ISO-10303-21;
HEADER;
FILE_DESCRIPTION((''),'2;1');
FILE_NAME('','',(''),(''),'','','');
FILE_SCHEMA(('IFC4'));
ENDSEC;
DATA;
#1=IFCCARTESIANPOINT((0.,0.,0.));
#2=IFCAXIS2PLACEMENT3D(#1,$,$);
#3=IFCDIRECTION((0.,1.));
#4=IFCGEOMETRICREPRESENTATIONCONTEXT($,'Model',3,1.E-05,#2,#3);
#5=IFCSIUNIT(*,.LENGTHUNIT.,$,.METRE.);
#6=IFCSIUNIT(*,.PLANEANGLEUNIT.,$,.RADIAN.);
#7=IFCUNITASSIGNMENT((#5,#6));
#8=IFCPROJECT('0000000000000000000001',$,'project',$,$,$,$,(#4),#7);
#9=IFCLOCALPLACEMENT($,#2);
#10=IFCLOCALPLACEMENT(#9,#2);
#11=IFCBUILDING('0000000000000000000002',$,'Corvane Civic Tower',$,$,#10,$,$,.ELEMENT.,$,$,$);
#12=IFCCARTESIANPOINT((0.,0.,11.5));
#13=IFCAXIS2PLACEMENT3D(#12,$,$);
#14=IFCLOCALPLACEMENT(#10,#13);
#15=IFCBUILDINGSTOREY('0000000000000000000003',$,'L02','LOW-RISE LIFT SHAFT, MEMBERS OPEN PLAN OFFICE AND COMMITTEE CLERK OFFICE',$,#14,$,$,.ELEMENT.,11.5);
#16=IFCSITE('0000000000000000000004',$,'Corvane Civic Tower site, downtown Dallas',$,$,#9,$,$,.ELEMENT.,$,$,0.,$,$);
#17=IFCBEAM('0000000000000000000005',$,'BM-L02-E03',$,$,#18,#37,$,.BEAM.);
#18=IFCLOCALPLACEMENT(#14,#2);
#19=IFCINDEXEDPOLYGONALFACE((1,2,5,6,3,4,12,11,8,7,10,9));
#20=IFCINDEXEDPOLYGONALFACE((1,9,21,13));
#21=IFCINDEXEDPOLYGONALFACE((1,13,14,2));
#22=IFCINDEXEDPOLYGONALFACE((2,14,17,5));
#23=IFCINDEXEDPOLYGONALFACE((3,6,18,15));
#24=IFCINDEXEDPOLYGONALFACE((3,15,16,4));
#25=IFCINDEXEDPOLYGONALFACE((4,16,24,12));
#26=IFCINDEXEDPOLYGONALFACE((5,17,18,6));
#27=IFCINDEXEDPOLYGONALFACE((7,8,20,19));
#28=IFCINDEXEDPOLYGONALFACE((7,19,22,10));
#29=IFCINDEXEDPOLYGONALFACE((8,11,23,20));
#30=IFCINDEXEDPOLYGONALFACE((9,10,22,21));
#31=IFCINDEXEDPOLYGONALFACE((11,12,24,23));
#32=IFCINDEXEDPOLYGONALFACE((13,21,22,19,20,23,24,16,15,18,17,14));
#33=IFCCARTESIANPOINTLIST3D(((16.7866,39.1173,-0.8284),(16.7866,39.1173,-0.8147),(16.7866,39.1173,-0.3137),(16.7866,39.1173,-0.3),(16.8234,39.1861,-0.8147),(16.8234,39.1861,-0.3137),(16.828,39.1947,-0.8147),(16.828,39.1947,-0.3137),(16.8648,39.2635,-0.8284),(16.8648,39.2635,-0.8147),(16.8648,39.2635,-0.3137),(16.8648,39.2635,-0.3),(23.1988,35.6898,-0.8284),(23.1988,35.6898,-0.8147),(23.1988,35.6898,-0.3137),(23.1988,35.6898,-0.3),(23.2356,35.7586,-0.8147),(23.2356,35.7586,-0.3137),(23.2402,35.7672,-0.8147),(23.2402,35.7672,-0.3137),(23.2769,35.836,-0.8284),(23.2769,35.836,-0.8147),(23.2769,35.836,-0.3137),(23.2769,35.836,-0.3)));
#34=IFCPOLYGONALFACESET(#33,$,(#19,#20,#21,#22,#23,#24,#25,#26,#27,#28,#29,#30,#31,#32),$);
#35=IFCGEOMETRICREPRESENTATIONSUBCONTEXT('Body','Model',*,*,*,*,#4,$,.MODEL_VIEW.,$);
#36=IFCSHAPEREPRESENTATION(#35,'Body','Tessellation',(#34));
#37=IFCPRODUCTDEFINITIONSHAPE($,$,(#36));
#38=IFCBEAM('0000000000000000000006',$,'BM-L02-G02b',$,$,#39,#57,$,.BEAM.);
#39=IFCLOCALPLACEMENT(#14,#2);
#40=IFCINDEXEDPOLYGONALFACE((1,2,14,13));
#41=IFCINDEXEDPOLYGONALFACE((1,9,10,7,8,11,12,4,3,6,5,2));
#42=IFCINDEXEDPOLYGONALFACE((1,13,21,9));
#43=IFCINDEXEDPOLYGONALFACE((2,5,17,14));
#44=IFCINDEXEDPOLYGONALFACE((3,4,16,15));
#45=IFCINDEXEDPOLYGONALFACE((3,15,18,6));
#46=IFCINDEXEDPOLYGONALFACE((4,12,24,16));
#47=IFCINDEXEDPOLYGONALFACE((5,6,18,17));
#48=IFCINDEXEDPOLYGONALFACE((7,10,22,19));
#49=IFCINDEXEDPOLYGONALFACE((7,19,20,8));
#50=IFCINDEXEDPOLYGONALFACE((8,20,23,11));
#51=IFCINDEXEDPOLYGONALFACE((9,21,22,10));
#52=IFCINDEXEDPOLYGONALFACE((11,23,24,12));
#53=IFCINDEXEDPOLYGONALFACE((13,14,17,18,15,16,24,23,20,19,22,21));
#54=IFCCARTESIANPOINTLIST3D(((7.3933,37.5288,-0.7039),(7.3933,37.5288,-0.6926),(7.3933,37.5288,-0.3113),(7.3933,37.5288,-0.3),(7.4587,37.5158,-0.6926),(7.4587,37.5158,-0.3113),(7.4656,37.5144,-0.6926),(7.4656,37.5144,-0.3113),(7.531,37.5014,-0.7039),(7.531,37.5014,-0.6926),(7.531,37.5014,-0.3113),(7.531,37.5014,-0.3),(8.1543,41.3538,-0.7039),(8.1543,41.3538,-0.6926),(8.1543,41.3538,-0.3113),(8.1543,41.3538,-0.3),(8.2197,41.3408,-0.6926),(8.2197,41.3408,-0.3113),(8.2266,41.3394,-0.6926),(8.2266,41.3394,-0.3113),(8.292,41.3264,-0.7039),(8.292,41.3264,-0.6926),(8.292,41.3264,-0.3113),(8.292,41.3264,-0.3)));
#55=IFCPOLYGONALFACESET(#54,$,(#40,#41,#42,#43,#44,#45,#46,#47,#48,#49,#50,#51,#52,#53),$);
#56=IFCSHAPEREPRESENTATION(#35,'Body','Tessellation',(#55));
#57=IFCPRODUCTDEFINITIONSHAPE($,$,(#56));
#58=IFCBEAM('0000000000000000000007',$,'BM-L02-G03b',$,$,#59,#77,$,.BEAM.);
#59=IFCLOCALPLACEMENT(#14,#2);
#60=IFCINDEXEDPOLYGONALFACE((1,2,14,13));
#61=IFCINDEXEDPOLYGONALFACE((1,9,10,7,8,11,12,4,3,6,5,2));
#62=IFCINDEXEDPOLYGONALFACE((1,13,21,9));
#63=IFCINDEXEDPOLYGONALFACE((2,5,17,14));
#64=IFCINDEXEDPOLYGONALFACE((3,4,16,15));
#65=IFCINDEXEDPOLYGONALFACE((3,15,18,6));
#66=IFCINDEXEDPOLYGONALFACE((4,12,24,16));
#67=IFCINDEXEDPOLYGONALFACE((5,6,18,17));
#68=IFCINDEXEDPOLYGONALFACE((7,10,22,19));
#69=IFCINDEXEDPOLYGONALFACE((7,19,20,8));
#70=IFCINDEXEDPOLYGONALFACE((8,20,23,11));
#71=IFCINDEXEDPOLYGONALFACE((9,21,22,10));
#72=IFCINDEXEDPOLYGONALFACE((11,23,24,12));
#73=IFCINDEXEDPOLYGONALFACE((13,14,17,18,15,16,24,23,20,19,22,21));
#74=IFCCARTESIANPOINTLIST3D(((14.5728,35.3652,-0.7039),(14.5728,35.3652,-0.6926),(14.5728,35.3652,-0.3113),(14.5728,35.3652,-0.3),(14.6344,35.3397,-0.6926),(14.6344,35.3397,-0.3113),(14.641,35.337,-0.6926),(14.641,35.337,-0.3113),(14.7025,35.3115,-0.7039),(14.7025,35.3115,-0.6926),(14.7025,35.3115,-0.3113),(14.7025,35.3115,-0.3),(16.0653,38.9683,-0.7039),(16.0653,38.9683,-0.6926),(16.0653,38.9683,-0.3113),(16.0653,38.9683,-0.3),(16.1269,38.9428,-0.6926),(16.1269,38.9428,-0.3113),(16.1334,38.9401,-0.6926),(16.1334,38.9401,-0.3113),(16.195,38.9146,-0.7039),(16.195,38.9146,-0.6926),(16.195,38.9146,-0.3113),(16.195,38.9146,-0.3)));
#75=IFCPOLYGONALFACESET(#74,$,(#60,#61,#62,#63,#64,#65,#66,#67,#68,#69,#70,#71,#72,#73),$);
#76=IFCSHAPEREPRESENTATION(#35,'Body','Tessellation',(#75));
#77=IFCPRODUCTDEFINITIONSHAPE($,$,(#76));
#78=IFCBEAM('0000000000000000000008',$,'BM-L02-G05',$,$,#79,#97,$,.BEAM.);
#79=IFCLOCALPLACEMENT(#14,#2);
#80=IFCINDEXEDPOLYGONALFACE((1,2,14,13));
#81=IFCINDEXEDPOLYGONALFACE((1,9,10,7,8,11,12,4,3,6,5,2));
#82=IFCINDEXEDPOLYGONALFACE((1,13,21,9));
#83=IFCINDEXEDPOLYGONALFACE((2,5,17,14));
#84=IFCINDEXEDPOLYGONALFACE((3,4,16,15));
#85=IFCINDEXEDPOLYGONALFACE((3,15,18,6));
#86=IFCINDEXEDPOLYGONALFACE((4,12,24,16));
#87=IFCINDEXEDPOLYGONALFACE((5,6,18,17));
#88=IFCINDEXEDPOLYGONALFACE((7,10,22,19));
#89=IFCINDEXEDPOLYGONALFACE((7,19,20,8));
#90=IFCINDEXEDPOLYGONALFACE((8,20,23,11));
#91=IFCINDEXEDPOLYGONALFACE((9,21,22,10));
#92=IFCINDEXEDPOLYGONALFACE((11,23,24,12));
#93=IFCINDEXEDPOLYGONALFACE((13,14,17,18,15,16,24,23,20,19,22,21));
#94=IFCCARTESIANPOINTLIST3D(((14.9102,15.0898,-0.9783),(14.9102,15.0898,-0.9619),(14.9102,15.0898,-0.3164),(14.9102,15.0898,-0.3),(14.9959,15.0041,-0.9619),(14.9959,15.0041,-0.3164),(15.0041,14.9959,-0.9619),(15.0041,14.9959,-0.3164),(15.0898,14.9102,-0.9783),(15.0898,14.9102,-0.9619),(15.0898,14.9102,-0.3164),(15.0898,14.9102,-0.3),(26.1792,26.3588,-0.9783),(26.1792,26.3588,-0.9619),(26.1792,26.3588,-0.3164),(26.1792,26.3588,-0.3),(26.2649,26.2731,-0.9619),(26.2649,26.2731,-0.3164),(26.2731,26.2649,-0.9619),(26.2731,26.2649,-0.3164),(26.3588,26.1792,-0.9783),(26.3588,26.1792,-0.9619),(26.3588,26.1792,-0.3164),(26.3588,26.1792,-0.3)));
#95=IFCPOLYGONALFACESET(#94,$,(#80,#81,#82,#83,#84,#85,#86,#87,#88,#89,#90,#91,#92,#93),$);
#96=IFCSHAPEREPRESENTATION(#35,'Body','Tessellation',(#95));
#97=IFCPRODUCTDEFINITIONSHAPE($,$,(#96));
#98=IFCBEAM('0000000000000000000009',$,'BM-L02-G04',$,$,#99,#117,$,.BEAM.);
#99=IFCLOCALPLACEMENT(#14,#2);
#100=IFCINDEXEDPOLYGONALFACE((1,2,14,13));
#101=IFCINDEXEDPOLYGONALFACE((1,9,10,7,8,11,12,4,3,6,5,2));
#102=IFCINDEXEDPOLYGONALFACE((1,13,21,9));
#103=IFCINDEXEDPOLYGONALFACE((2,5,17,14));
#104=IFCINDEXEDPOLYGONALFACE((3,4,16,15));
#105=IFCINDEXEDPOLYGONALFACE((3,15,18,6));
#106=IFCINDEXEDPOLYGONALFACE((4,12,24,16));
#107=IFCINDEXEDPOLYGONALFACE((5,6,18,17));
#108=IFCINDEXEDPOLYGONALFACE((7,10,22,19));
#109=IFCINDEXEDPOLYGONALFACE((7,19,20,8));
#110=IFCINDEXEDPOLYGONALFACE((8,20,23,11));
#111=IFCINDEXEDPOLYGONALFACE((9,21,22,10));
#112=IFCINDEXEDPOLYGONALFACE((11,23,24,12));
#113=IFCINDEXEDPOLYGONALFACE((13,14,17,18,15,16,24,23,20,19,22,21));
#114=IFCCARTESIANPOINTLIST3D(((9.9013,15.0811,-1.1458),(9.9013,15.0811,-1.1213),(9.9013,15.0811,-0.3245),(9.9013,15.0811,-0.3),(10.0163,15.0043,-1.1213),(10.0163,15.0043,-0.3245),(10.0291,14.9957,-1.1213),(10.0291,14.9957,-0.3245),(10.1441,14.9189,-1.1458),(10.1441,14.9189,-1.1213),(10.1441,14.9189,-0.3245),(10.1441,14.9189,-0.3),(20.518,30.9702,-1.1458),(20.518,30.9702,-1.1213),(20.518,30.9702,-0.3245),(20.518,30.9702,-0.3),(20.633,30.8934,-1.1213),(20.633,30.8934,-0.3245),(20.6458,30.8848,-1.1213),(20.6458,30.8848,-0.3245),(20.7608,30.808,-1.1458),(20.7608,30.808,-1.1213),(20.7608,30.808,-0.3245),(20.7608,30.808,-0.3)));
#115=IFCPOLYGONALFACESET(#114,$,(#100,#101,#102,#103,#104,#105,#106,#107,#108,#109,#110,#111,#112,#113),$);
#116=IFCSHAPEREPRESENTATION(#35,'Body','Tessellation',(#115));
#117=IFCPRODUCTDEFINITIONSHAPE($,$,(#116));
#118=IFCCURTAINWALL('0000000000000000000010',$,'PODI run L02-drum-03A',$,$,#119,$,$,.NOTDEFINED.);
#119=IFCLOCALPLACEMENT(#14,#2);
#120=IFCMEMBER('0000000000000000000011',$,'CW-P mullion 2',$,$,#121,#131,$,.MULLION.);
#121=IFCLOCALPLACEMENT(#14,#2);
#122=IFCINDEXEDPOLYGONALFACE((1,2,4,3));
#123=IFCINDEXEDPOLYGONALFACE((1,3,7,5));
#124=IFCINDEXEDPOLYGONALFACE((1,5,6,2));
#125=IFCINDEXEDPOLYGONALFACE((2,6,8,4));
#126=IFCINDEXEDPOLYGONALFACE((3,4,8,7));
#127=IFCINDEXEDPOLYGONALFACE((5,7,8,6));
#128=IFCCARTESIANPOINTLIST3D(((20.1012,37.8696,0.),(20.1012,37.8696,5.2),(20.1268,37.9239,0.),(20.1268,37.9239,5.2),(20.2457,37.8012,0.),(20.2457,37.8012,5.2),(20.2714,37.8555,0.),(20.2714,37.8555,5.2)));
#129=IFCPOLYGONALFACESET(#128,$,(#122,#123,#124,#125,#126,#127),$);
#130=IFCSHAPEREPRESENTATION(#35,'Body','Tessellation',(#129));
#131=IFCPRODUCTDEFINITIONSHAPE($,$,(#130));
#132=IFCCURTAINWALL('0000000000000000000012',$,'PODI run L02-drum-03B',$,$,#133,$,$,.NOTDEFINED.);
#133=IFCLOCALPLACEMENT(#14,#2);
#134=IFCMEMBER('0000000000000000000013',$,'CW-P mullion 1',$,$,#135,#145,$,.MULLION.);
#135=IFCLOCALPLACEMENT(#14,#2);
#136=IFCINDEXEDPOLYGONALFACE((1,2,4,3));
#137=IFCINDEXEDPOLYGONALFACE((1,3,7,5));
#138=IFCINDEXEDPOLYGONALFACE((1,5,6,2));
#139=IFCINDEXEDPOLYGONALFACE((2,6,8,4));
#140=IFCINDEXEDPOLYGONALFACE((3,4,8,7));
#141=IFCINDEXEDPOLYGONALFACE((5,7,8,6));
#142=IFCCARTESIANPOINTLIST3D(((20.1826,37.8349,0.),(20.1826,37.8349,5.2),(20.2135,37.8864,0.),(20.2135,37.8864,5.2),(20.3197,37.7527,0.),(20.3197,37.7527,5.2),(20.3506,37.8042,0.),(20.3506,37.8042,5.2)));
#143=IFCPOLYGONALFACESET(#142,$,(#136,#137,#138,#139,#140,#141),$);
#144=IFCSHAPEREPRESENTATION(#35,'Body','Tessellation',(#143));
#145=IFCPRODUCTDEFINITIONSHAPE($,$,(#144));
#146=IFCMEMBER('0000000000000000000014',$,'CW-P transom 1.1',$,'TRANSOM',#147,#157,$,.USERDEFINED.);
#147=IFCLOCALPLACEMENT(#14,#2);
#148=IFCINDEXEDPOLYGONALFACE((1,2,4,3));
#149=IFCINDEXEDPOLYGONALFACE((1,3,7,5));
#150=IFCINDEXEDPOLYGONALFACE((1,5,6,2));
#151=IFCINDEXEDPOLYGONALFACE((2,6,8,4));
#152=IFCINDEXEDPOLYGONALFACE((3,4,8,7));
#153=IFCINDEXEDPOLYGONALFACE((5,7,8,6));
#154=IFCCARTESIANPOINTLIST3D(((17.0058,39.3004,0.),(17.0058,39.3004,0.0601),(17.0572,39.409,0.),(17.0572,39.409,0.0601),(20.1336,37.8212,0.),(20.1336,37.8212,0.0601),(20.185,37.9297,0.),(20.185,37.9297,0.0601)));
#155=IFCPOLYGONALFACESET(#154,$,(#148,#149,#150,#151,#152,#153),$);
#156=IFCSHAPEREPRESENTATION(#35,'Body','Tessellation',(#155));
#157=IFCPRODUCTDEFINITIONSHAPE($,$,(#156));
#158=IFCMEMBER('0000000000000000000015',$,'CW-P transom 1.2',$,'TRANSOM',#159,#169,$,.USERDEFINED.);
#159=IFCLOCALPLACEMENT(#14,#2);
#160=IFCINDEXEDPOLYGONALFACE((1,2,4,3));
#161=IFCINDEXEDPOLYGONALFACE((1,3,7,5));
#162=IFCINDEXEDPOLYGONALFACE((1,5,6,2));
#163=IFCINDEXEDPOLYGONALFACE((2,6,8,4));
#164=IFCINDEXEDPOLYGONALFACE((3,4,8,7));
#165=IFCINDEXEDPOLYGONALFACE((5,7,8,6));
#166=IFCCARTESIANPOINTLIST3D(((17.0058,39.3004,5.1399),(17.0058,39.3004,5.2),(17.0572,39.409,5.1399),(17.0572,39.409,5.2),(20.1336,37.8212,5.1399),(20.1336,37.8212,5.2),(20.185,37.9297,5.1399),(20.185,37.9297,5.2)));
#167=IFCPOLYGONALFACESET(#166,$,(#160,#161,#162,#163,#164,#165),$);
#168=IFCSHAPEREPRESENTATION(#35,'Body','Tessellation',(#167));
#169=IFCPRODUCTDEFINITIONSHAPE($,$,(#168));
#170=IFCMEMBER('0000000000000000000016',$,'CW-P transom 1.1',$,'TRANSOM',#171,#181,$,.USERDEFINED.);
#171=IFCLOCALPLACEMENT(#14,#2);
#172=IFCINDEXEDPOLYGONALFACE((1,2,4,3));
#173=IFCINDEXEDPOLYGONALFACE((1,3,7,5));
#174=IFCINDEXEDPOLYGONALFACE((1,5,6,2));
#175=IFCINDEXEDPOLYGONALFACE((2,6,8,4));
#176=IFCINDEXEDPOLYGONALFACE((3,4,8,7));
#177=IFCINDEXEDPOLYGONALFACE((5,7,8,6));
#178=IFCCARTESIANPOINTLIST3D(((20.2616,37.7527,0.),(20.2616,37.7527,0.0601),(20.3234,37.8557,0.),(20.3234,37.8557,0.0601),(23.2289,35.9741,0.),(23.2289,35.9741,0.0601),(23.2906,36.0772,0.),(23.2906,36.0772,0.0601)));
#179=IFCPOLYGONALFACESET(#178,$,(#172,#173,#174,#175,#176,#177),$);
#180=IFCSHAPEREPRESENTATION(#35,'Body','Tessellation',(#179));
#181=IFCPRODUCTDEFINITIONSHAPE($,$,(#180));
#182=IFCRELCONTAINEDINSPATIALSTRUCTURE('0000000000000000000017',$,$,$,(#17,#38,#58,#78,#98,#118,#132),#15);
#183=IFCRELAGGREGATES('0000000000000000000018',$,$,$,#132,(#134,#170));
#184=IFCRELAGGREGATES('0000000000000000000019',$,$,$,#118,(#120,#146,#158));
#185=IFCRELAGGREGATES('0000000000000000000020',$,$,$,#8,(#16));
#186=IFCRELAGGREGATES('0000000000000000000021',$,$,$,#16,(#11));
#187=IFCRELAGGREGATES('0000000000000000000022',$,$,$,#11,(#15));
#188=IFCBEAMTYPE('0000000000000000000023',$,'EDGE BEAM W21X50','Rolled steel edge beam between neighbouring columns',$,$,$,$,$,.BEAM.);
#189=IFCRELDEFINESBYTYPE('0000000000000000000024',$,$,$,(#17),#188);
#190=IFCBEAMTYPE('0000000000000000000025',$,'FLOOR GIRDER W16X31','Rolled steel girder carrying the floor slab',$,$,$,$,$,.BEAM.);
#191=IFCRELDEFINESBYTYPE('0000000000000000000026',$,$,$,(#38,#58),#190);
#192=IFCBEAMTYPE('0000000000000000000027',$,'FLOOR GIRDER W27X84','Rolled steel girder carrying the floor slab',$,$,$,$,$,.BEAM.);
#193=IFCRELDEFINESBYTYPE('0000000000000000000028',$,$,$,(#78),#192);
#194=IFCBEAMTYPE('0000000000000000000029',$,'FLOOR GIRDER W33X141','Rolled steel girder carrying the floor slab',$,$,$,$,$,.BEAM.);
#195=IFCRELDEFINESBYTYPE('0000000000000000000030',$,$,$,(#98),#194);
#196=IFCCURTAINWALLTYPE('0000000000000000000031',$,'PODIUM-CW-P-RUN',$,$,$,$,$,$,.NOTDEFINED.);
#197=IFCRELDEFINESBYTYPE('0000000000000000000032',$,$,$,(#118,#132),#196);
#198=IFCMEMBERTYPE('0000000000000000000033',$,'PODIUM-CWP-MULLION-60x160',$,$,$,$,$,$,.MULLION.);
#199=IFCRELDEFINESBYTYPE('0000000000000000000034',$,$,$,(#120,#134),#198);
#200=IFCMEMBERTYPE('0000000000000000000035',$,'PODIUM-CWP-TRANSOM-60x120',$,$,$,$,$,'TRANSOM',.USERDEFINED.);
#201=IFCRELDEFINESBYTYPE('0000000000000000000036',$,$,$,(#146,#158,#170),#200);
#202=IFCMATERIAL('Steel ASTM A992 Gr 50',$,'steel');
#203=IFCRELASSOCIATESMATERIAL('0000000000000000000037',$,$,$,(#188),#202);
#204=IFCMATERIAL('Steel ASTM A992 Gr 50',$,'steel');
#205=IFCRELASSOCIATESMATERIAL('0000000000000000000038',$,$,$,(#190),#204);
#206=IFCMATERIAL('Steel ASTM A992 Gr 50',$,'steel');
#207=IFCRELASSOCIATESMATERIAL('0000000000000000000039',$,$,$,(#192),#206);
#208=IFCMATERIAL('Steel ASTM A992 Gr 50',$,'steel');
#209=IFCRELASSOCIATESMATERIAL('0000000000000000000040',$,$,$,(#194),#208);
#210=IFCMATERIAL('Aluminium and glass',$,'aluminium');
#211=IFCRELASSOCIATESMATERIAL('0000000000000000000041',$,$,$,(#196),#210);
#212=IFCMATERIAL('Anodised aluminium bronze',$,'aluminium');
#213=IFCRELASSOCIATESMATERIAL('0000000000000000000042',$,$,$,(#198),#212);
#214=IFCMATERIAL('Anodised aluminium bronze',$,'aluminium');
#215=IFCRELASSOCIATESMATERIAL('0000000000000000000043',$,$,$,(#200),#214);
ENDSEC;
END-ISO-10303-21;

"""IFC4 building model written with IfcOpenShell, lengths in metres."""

from ifc_helpers import new_model, si_unit, direction, frame, origin, origin_2d, place, context, subcontext, project, spatial, rectangle, i_section, extrude, material, material_profile, profile_set, type_object, element, aggregate, save


model = new_model("IFC4")

# Units and contexts
model_context = context("Model", 3, precision=1e-05, world=origin(), true_north=direction((0.0, 1.0)))
body_context = subcontext(model_context, "Body", "Model", "MODEL_VIEW")
ifc_project = project(units=[si_unit("LENGTHUNIT", "METRE"), si_unit("PLANEANGLEUNIT", "RADIAN")], contexts=[model_context])

# Site, building, storey
site_placement = place(None, origin())
site = spatial("IfcSite", under=ifc_project, at=site_placement, Name="Corvane Civic Tower site, downtown Dallas", CompositionType="ELEMENT", RefElevation=0.0)
building_placement = place(site_placement, origin())
building = spatial("IfcBuilding", under=site, at=building_placement, Name="Corvane Civic Tower", CompositionType="ELEMENT")
storey_placement = place(building_placement, frame((0.0, 0.0, 11.5)))
storey = spatial("IfcBuildingStorey", under=building, at=storey_placement, Name="L02", Description="LOW-RISE LIFT SHAFT, MEMBERS OPEN PLAN OFFICE AND COMMITTEE CLERK OFFICE", CompositionType="ELEMENT", Elevation=11.5)

# Beams
ifc_material_1 = material(Name="Steel ASTM A992 Gr 50", Category="steel")
ifc_material_profile_1 = material_profile(ifc_material_1, i_section(OverallWidth=0.1658, OverallDepth=0.5283, WebThickness=0.0098, FlangeThickness=0.0137, at=origin_2d()), Name="W21X50")
ifc_profile_set_1 = profile_set([ifc_material_profile_1], Name="Steel ASTM A992 Gr 50")
beam_type_1 = type_object("IfcBeamType", Name="EDGE BEAM W21X50", Description="Rolled steel edge beam between neighbouring columns", PredefinedType="BEAM", material=ifc_profile_set_1)
beam_1_placement = place(storey_placement, frame((16.8257, 39.1904, -0.5642), z_axis=(0.881913, -0.471412, 0.0), x_axis=(0.471412, 0.881913, 0.0)))
element("IfcBeam", 1, at=beam_1_placement, inside=storey, type_object=beam_type_1, Name="BM-L02-E03", PredefinedType="BEAM", context=body_context, shape_type="SweptSolid", body=[
    extrude(i_section(OverallWidth=0.1658, OverallDepth=0.5283, WebThickness=0.0098, FlangeThickness=0.0137, at=origin_2d()), origin(), (0.0, 0.0, 1.0), 7.2708),
])
ifc_material_2 = material(Name="Steel ASTM A992 Gr 50", Category="steel")
ifc_material_profile_2 = material_profile(ifc_material_2, i_section(OverallWidth=0.1404, OverallDepth=0.4038, WebThickness=0.0071, FlangeThickness=0.0112, at=origin_2d()), Name="W16X31")
ifc_profile_set_2 = profile_set([ifc_material_profile_2], Name="Steel ASTM A992 Gr 50")
beam_type_2 = type_object("IfcBeamType", Name="FLOOR GIRDER W16X31", Description="Rolled steel girder carrying the floor slab", PredefinedType="BEAM", material=ifc_profile_set_2)
for number, where, z_axis, x_axis, name in (
    (2, (7.4622, 37.5151, -0.502), (0.195129, 0.980778, 0.0), (-0.980778, 0.195129, 0.0), "BM-L02-G02b"),
    (3, (14.6377, 35.3384, -0.502), (0.382685, 0.923879, 0.0), (-0.923879, 0.382685, 0.0), "BM-L02-G03b"),
):
    element("IfcBeam", number, at=place(storey_placement, frame(where, z_axis=z_axis, x_axis=x_axis)), inside=storey, type_object=beam_type_2, Name=name, PredefinedType="BEAM", context=body_context, shape_type="SweptSolid", body=[
        extrude(i_section(OverallWidth=0.1404, OverallDepth=0.4038, WebThickness=0.0071, FlangeThickness=0.0112, at=origin_2d()), origin(), (0.0, 0.0, 1.0), 3.8999),
    ])
ifc_material_3 = material(Name="Steel ASTM A992 Gr 50", Category="steel")
ifc_material_profile_3 = material_profile(ifc_material_3, i_section(OverallWidth=0.2539, OverallDepth=0.6782, WebThickness=0.0117, FlangeThickness=0.0164, at=origin_2d()), Name="W27X84")
ifc_profile_set_3 = profile_set([ifc_material_profile_3], Name="Steel ASTM A992 Gr 50")
beam_type_3 = type_object("IfcBeamType", Name="FLOOR GIRDER W27X84", Description="Rolled steel girder carrying the floor slab", PredefinedType="BEAM", material=ifc_profile_set_3)
beam_2_placement = place(storey_placement, frame((15.0, 15.0, -0.6392), z_axis=(0.707107, 0.707107, 0.0), x_axis=(-0.707107, 0.707107, 0.0)))
element("IfcBeam", 4, at=beam_2_placement, inside=storey, type_object=beam_type_3, Name="BM-L02-G05", PredefinedType="BEAM", context=body_context, shape_type="SweptSolid", body=[
    extrude(i_section(OverallWidth=0.2539, OverallDepth=0.6782, WebThickness=0.0117, FlangeThickness=0.0164, at=origin_2d()), origin(), (0.0, 0.0, 1.0), 15.9368),
])
ifc_material_4 = material(Name="Steel ASTM A992 Gr 50", Category="steel")
ifc_material_profile_4 = material_profile(ifc_material_4, i_section(OverallWidth=0.292, OverallDepth=0.8457, WebThickness=0.0154, FlangeThickness=0.0244, at=origin_2d()), Name="W33X141")
ifc_profile_set_4 = profile_set([ifc_material_profile_4], Name="Steel ASTM A992 Gr 50")
beam_type_4 = type_object("IfcBeamType", Name="FLOOR GIRDER W33X141", Description="Rolled steel girder carrying the floor slab", PredefinedType="BEAM", material=ifc_profile_set_4)
beam_3_placement = place(storey_placement, frame((10.0227, 15.0, -0.7229), z_axis=(0.555567, 0.831472, 0.0), x_axis=(-0.831472, 0.555567, 0.0)))
element("IfcBeam", 5, at=beam_3_placement, inside=storey, type_object=beam_type_4, Name="BM-L02-G04", PredefinedType="BEAM", context=body_context, shape_type="SweptSolid", body=[
    extrude(i_section(OverallWidth=0.292, OverallDepth=0.8457, WebThickness=0.0154, FlangeThickness=0.0244, at=origin_2d()), origin(), (0.0, 0.0, 1.0), 19.1096),
])

# Curtain walls, members
ifc_material_5 = material(Name="Aluminium and glass", Category="aluminium")
curtain_wall_type = type_object("IfcCurtainWallType", Name="PODIUM-CW-P-RUN", PredefinedType="NOTDEFINED", material=ifc_material_5)
curtain_wall_1_placement = place(storey_placement, origin())
curtain_wall_1 = element("IfcCurtainWall", 6, at=curtain_wall_1_placement, inside=storey, type_object=curtain_wall_type, Name="PODI run L02-drum-03A", PredefinedType="NOTDEFINED")
ifc_material_6 = material(Name="Anodised aluminium bronze", Category="aluminium")
ifc_material_profile_5 = material_profile(ifc_material_6, rectangle(XDim=0.0601, YDim=0.1599, at=origin_2d()), Name="AL 60x160")
ifc_profile_set_5 = profile_set([ifc_material_profile_5], Name="Anodised aluminium bronze")
member_type_1 = type_object("IfcMemberType", Name="PODIUM-CWP-MULLION-60x160", PredefinedType="MULLION", material=ifc_profile_set_5)
member_1_placement = place(storey_placement, frame((20.1863, 37.8625, 0.0), z_axis=(0.0, 0.0, 1.0), x_axis=(0.427553, 0.90399, 0.0)))
member_1 = element("IfcMember", 7, at=member_1_placement, type_object=member_type_1, Name="CW-P mullion 2", PredefinedType="MULLION", context=body_context, shape_type="SweptSolid", body=[
    extrude(rectangle(XDim=0.0601, YDim=0.1599, at=origin_2d()), origin(), (0.0, 0.0, 1.0), 5.2),
])
curtain_wall_2_placement = place(storey_placement, origin())
curtain_wall_2 = element("IfcCurtainWall", 8, at=curtain_wall_2_placement, inside=storey, type_object=curtain_wall_type, Name="PODI run L02-drum-03B", PredefinedType="NOTDEFINED")
member_2_placement = place(storey_placement, frame((20.2666, 37.8196, 0.0), z_axis=(0.0, 0.0, 1.0), x_axis=(0.514118, 0.85772, 0.0)))
member_2 = element("IfcMember", 9, at=member_2_placement, type_object=member_type_1, Name="CW-P mullion 1", PredefinedType="MULLION", context=body_context, shape_type="SweptSolid", body=[
    extrude(rectangle(XDim=0.0601, YDim=0.1599, at=origin_2d()), origin(), (0.0, 0.0, 1.0), 5.2),
])

# Members
ifc_material_7 = material(Name="Anodised aluminium bronze", Category="aluminium")
ifc_material_profile_6 = material_profile(ifc_material_7, rectangle(XDim=0.1201, YDim=0.0601, at=origin_2d()), Name="AL 120x60")
ifc_profile_set_6 = profile_set([ifc_material_profile_6], Name="Anodised aluminium bronze")
member_type_2 = type_object("IfcMemberType", Name="PODIUM-CWP-TRANSOM-60x120", ElementType="TRANSOM", PredefinedType="USERDEFINED", material=ifc_profile_set_6)
member_3_placement = place(storey_placement, frame((17.0315, 39.3547, 0.03), z_axis=(0.903993, -0.427546, 0.0), x_axis=(0.427546, 0.903993, 0.0)))
member_3 = element("IfcMember", 10, at=member_3_placement, type_object=member_type_2, Name="CW-P transom 1.1", ObjectType="TRANSOM", PredefinedType="USERDEFINED", context=body_context, shape_type="SweptSolid", body=[
    extrude(rectangle(XDim=0.1201, YDim=0.0601, at=origin_2d()), origin(), (0.0, 0.0, 1.0), 3.46),
])
member_4_placement = place(storey_placement, frame((17.0315, 39.3547, 5.1699), z_axis=(0.903993, -0.427546, 0.0), x_axis=(0.427546, 0.903993, 0.0)))
member_4 = element("IfcMember", 11, at=member_4_placement, type_object=member_type_2, Name="CW-P transom 1.2", ObjectType="TRANSOM", PredefinedType="USERDEFINED", context=body_context, shape_type="SweptSolid", body=[
    extrude(rectangle(XDim=0.1201, YDim=0.0601, at=origin_2d()), origin(), (0.0, 0.0, 1.0), 3.46),
])
member_5_placement = place(storey_placement, frame((20.2925, 37.8042, 0.03), z_axis=(0.857723, -0.514112, 0.0), x_axis=(0.514112, 0.857723, 0.0)))
member_5 = element("IfcMember", 12, at=member_5_placement, type_object=member_type_2, Name="CW-P transom 1.1", ObjectType="TRANSOM", PredefinedType="USERDEFINED", context=body_context, shape_type="SweptSolid", body=[
    extrude(rectangle(XDim=0.1201, YDim=0.0601, at=origin_2d()), origin(), (0.0, 0.0, 1.0), 3.4595),
])
aggregate(curtain_wall_2, [member_2, member_5])

aggregate(curtain_wall_1, [member_1, member_3, member_4])

save(model, "model.ifc")
